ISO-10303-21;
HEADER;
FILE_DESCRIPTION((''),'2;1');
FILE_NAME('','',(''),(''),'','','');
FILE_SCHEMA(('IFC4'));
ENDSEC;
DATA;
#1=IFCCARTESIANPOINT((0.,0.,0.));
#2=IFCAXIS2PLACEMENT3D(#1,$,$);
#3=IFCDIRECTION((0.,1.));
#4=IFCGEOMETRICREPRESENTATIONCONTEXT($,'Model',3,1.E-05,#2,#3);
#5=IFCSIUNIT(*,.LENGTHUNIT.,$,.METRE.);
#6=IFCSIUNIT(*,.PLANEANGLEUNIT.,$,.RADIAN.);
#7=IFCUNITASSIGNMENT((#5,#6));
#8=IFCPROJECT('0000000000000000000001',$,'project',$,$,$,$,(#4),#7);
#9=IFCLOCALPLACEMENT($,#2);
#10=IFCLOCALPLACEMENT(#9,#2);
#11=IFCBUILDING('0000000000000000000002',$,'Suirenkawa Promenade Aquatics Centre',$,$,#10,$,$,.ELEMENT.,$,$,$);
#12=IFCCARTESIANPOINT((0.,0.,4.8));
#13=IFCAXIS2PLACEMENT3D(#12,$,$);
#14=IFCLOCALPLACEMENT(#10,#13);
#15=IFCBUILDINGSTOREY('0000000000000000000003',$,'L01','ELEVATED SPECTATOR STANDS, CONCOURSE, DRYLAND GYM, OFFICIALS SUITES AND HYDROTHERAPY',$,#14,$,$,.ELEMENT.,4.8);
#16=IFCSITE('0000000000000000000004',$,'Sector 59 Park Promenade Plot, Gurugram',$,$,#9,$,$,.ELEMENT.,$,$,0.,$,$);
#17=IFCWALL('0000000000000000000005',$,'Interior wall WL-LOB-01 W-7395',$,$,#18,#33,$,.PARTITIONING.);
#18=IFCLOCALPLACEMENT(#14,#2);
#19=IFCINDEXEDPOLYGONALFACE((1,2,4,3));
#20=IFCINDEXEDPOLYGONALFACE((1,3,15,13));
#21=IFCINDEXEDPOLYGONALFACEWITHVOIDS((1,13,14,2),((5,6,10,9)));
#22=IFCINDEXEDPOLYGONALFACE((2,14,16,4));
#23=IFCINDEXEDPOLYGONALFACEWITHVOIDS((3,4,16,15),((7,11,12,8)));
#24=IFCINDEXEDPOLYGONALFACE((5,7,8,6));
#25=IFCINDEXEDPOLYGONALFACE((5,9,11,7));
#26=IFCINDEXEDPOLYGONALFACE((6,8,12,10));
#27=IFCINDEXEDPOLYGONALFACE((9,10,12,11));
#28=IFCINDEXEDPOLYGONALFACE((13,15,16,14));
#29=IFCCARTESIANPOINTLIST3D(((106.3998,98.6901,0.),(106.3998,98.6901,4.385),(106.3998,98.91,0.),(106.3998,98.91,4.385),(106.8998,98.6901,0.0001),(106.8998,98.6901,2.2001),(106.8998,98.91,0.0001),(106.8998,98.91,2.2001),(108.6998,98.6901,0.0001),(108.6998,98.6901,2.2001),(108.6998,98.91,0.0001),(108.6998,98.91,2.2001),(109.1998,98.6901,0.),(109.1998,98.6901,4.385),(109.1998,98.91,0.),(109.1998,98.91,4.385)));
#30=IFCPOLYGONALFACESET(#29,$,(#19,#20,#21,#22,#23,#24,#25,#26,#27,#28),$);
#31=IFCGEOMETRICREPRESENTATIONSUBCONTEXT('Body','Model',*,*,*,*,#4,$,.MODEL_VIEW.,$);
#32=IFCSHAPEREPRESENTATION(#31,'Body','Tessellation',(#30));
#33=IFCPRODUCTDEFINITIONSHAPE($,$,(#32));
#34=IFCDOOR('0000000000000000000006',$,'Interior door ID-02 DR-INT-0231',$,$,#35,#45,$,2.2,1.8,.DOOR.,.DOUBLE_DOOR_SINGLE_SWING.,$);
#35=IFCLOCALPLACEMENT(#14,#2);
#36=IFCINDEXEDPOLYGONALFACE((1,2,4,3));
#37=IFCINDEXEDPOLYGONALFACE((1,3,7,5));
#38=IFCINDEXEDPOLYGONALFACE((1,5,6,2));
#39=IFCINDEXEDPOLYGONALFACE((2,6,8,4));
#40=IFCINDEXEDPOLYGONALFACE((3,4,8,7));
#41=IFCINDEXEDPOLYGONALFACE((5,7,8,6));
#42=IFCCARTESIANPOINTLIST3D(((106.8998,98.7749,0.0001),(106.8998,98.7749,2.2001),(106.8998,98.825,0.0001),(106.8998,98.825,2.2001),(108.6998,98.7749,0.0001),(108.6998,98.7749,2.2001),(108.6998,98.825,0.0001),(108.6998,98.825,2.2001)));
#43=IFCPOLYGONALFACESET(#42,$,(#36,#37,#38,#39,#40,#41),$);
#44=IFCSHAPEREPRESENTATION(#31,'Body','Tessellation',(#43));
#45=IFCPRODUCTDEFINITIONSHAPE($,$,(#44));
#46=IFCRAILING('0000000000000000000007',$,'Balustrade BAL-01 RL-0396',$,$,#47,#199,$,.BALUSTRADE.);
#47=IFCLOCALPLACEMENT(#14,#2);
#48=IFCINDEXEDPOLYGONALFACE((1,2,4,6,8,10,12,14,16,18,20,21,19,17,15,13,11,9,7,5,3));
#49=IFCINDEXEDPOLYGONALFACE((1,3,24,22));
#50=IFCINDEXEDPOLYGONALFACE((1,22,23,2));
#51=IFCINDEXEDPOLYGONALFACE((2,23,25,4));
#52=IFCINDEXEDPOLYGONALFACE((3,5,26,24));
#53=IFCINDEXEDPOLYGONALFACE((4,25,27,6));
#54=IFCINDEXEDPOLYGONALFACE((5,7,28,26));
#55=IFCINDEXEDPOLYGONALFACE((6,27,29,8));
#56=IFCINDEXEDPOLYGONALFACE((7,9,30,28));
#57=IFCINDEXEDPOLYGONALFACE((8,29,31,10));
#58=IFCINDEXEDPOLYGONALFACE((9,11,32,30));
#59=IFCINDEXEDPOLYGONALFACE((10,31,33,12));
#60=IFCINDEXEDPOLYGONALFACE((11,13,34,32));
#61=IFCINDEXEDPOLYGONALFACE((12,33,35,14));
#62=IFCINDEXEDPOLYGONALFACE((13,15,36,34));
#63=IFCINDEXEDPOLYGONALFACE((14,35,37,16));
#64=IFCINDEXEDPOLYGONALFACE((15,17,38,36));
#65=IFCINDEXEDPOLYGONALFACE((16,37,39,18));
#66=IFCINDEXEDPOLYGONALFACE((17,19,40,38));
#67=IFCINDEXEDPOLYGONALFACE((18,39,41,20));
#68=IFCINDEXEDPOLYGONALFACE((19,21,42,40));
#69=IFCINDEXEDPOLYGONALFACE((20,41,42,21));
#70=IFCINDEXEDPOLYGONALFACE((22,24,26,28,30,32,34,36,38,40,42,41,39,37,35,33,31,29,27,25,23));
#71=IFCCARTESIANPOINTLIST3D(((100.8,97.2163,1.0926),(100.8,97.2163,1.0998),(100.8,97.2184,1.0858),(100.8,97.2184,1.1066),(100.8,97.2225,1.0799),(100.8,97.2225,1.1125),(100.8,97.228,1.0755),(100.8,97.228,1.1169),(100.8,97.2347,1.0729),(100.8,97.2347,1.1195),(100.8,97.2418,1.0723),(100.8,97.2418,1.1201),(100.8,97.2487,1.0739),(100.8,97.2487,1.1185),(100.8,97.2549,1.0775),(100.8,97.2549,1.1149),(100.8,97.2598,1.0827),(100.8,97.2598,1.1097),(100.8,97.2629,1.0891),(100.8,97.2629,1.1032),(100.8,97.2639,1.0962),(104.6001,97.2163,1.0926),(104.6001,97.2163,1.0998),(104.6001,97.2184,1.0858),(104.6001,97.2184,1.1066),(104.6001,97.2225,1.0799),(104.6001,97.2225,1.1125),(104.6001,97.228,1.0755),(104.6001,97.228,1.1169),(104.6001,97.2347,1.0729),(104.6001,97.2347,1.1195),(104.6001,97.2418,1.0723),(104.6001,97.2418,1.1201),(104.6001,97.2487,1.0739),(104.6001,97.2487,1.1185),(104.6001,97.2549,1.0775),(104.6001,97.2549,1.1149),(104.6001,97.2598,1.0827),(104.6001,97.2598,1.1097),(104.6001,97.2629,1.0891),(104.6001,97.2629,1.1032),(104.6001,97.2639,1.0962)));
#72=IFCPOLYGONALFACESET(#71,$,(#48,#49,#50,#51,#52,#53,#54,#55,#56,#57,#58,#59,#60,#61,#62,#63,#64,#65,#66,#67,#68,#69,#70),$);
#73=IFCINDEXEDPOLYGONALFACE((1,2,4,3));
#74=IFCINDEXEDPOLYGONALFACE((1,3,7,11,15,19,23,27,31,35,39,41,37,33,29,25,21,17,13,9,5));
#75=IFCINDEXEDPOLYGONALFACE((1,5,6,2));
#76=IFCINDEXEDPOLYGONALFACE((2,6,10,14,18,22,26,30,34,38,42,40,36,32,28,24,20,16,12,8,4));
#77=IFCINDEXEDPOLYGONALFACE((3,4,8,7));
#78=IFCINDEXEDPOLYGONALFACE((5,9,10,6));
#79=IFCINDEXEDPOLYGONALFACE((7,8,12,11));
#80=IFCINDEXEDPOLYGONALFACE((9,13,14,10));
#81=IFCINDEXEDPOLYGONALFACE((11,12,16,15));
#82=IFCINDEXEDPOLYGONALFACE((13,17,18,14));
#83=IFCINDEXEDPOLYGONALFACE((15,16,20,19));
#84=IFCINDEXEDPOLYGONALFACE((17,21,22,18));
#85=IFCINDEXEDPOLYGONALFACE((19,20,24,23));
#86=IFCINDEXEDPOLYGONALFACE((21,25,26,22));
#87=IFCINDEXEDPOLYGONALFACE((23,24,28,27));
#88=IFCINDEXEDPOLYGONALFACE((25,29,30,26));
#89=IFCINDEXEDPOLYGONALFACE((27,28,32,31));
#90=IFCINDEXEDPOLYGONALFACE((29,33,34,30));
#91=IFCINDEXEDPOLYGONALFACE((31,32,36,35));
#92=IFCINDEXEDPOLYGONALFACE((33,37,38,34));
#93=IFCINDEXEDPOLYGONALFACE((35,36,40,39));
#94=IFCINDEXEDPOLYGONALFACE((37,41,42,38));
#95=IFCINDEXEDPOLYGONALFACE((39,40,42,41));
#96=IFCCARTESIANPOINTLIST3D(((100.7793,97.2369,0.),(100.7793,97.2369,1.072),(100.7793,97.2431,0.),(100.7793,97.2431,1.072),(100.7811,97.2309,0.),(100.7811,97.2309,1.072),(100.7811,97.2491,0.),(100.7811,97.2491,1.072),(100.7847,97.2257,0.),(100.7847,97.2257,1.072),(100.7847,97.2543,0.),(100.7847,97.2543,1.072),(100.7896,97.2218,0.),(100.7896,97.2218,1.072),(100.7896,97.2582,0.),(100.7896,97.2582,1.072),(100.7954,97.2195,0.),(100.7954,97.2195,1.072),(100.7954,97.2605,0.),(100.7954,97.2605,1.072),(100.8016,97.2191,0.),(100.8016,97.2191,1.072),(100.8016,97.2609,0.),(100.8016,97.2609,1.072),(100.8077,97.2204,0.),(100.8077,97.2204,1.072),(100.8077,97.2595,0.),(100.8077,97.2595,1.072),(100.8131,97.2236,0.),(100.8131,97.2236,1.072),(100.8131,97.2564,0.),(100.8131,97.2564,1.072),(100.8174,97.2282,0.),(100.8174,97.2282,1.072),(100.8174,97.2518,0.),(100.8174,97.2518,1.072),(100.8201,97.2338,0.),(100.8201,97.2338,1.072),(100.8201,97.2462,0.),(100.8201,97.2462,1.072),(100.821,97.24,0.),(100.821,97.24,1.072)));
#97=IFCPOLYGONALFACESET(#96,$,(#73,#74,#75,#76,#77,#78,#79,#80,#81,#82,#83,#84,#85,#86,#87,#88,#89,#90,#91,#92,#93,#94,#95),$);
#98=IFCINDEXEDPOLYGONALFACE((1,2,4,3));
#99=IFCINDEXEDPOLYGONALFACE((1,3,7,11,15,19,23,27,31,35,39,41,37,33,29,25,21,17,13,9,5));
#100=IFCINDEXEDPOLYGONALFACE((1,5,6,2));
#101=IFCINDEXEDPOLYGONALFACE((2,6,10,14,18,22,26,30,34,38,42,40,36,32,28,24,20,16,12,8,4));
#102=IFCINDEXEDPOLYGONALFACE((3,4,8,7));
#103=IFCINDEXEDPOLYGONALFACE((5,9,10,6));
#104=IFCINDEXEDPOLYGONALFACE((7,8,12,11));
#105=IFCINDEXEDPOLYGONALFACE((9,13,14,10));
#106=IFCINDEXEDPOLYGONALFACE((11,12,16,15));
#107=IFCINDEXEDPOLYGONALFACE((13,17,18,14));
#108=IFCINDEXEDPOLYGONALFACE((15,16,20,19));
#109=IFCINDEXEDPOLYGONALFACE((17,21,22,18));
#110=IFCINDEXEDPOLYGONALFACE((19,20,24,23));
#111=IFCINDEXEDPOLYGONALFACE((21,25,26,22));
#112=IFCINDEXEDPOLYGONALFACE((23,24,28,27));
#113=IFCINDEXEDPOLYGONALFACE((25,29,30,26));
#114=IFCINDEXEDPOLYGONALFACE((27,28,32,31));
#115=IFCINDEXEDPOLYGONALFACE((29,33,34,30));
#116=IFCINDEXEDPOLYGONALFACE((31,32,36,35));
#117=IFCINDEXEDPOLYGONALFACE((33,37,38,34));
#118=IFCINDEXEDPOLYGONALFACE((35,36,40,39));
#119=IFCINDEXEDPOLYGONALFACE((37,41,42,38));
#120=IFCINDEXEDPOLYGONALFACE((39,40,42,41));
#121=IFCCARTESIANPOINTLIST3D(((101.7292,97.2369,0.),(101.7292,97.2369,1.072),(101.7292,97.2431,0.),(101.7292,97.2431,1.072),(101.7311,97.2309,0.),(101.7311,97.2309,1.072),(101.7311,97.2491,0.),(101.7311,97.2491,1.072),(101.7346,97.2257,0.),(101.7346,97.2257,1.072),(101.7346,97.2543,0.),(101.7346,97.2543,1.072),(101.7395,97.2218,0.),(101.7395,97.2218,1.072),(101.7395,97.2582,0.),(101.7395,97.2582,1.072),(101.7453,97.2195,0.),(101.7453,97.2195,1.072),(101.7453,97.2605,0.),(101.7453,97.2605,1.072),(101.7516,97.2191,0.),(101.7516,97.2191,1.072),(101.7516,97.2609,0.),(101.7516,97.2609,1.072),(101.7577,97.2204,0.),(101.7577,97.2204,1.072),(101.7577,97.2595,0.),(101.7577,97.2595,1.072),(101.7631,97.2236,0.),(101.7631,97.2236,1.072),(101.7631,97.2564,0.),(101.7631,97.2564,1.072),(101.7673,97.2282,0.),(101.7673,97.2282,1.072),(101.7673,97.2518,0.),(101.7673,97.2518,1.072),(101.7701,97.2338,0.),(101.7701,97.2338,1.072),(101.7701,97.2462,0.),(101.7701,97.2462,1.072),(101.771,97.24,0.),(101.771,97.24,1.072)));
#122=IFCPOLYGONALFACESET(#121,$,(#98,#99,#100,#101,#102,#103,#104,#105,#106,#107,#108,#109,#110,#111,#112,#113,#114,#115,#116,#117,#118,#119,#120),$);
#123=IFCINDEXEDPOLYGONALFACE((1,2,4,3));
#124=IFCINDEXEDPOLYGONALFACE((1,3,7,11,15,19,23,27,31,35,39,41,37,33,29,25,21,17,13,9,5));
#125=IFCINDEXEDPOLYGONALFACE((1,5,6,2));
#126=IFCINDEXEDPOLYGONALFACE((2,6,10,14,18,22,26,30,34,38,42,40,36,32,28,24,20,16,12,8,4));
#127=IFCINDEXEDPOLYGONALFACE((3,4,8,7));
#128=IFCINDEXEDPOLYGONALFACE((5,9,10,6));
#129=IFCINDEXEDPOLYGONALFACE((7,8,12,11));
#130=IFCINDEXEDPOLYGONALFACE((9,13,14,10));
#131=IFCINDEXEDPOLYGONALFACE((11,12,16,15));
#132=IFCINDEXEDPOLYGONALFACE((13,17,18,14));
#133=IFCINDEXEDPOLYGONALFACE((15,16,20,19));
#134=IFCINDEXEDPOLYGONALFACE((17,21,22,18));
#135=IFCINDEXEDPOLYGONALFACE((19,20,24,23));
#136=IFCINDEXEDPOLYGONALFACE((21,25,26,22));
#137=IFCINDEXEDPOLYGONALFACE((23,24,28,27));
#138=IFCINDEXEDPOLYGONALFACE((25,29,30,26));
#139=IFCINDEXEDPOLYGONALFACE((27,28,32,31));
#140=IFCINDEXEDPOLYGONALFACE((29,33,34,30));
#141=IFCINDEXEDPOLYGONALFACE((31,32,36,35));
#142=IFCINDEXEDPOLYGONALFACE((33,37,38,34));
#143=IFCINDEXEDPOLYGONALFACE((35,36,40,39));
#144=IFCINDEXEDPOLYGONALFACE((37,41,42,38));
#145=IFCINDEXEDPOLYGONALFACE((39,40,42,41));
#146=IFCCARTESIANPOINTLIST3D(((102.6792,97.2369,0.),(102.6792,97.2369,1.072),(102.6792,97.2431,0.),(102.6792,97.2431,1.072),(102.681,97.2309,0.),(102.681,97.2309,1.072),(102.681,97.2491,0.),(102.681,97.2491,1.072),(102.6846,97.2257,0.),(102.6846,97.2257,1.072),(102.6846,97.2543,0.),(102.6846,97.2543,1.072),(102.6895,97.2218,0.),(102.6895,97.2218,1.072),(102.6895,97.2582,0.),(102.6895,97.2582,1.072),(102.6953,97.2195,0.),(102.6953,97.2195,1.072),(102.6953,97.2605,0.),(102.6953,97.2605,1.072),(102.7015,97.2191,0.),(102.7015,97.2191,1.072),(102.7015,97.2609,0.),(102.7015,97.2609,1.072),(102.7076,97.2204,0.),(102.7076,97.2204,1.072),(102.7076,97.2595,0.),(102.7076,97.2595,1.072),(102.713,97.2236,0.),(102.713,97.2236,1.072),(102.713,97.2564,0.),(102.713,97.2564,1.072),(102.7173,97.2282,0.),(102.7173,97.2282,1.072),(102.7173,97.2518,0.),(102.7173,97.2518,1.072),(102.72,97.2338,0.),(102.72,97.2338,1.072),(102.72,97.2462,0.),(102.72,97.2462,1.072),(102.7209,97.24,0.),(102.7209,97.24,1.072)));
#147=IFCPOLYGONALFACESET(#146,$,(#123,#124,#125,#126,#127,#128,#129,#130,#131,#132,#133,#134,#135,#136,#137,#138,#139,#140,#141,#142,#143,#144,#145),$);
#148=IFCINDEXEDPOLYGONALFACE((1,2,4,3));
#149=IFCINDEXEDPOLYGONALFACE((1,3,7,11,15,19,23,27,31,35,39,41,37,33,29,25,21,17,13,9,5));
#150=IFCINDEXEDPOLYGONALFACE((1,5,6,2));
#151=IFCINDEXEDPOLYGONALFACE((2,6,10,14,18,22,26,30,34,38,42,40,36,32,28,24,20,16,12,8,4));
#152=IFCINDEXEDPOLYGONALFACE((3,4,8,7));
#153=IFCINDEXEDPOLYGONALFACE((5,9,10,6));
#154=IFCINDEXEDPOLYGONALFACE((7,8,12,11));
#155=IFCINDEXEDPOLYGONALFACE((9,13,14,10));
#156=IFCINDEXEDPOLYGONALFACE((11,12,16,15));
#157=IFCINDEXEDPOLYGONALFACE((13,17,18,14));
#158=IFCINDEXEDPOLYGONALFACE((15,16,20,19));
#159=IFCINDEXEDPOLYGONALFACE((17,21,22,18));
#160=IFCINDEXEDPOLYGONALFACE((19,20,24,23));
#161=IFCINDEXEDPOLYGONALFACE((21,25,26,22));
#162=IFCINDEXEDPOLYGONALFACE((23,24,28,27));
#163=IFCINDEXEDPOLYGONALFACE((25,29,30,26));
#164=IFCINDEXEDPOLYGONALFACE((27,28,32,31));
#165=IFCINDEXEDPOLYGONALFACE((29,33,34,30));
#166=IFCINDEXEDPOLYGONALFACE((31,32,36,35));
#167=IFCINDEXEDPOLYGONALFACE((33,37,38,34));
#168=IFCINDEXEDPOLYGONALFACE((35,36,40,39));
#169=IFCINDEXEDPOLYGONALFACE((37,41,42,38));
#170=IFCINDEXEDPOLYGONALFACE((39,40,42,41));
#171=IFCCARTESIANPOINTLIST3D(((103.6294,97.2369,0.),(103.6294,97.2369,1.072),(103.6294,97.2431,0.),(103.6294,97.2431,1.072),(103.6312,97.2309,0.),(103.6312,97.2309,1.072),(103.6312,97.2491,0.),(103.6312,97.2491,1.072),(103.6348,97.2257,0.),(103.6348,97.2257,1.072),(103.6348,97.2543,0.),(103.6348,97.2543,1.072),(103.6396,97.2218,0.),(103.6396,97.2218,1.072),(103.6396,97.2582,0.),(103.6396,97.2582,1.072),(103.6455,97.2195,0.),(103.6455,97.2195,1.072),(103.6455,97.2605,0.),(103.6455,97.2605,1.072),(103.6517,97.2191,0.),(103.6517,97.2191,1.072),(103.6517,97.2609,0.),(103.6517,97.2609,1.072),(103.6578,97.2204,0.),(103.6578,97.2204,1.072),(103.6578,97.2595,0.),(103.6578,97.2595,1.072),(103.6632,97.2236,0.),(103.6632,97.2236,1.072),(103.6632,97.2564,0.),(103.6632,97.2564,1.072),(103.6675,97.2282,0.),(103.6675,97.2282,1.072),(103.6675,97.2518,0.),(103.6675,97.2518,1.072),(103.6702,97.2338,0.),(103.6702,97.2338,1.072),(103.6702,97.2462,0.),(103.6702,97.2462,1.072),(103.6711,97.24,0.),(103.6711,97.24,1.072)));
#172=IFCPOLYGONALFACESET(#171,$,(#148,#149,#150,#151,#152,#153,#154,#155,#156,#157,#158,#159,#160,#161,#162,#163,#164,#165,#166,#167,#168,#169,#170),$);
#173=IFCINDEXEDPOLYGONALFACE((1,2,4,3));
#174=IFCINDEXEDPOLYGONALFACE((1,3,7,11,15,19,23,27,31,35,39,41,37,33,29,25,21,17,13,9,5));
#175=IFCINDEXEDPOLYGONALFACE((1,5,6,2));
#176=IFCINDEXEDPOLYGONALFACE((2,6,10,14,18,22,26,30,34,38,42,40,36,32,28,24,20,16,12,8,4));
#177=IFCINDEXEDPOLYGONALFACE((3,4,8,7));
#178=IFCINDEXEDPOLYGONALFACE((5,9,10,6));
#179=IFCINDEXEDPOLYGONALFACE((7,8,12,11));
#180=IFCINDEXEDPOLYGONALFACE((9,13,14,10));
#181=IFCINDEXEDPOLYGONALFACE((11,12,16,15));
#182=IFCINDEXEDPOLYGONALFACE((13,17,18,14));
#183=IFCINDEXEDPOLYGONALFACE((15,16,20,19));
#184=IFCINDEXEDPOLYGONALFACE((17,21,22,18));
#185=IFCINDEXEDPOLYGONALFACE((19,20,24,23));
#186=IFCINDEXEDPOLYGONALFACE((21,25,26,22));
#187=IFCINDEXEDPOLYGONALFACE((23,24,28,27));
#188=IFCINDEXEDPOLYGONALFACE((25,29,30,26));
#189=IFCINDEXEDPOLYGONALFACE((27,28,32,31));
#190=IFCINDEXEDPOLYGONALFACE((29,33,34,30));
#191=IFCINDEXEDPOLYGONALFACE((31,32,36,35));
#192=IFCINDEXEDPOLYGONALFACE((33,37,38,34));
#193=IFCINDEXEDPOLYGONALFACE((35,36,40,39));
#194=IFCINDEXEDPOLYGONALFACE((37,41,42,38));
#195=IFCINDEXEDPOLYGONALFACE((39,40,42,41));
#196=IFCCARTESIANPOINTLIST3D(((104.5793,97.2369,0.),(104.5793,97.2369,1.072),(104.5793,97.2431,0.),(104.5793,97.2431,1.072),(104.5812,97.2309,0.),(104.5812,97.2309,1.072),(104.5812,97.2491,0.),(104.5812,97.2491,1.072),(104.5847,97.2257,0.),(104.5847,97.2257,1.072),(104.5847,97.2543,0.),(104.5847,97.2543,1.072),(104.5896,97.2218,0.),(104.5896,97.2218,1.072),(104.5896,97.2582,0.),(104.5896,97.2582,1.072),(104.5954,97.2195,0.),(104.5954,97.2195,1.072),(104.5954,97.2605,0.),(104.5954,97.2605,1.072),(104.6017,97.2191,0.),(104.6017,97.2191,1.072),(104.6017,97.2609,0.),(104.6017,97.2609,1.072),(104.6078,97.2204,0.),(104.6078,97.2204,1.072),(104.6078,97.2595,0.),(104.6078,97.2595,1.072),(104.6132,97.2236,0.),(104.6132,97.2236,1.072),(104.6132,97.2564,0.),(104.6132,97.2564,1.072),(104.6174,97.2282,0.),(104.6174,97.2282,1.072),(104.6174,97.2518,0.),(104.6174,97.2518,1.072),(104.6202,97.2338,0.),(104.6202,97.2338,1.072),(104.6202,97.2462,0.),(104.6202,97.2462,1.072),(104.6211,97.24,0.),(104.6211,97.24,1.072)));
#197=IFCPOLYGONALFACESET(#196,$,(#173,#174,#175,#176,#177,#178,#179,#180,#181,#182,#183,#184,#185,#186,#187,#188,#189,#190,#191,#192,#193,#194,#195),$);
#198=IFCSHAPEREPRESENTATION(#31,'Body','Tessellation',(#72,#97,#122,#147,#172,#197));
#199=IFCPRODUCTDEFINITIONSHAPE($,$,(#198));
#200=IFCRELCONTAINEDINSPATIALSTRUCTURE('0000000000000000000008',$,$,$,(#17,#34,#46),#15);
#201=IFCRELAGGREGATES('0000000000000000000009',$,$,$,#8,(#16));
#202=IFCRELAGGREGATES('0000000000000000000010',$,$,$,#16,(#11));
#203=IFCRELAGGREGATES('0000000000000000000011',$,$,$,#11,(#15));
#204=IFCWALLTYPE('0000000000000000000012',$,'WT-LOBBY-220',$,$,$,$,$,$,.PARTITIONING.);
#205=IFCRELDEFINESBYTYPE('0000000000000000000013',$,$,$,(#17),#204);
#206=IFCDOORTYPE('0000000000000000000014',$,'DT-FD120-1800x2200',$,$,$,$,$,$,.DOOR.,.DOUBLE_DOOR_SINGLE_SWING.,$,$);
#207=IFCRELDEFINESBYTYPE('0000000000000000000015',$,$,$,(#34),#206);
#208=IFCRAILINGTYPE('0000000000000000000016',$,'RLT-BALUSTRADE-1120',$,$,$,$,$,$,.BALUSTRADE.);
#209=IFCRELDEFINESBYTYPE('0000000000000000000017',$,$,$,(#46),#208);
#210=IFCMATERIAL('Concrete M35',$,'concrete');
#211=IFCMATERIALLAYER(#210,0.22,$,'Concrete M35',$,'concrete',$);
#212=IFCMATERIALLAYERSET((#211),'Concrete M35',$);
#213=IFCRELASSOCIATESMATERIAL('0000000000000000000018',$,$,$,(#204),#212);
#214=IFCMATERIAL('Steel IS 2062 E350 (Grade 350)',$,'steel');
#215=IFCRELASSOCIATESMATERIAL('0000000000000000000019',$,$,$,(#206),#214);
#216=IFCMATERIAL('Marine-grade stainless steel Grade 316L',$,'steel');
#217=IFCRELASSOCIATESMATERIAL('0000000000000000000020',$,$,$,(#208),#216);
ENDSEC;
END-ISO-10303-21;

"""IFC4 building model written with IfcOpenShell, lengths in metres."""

from ifc_helpers import new_model, si_unit, direction, frame, frame_2d, origin, origin_2d, place, context, subcontext, project, spatial, rectangle, circle, extrude, material, layer, layer_set, type_object, element, fill, save


model = new_model("IFC4")

# Units and contexts
model_context = context("Model", 3, precision=1e-05, world=origin(), true_north=direction((0.0, 1.0)))
body_context = subcontext(model_context, "Body", "Model", "MODEL_VIEW")
ifc_project = project(units=[si_unit("LENGTHUNIT", "METRE"), si_unit("PLANEANGLEUNIT", "RADIAN")], contexts=[model_context])

# Site, building, storey
site_placement = place(None, origin())
site = spatial("IfcSite", under=ifc_project, at=site_placement, Name="Sector 59 Park Promenade Plot, Gurugram", CompositionType="ELEMENT", RefElevation=0.0)
building_placement = place(site_placement, origin())
building = spatial("IfcBuilding", under=site, at=building_placement, Name="Suirenkawa Promenade Aquatics Centre", CompositionType="ELEMENT")
storey_placement = place(building_placement, frame((0.0, 0.0, 4.8)))
storey = spatial("IfcBuildingStorey", under=building, at=storey_placement, Name="L01", Description="ELEVATED SPECTATOR STANDS, CONCOURSE, DRYLAND GYM, OFFICIALS SUITES AND HYDROTHERAPY", CompositionType="ELEMENT", Elevation=4.8)

# Shared definitions
ifc_material_1 = material(Name="Concrete M35", Category="concrete")

# Wall, opening, door
ifc_layer = layer(ifc_material_1, 0.22, Name="Concrete M35", Category="concrete")
ifc_layer_set = layer_set([ifc_layer], Name="Concrete M35")
wall_type = type_object("IfcWallType", Name="WT-LOBBY-220", PredefinedType="PARTITIONING", material=ifc_layer_set)
ifc_material_2 = material(Name="Steel IS 2062 E350 (Grade 350)", Category="steel")
door_type = type_object("IfcDoorType", Name="DT-FD120-1800x2200", OperationType="DOUBLE_DOOR_SINGLE_SWING", PredefinedType="DOOR", material=ifc_material_2)
wall_1_placement = place(storey_placement, frame((106.3999, 98.8, 0.0), z_axis=(0.0, 0.0, 1.0), x_axis=(1.0, 0.0, 0.0)))
wall_1 = element("IfcWall", 1, at=wall_1_placement, inside=storey, type_object=wall_type, Name="Interior wall WL-LOB-01 W-7395", PredefinedType="PARTITIONING", context=body_context, shape_type="SweptSolid", body=[
    extrude(rectangle(XDim=2.8, YDim=0.22, at=frame_2d((1.3999, 0.0))), origin(), (0.0, 0.0, 1.0), 4.385),
])
opening_1_placement = place(wall_1_placement, frame((0.5, 0.0, 0.0)))
opening_1 = element("IfcOpeningElement", 2, at=opening_1_placement, cuts=wall_1, PredefinedType="OPENING", context=body_context, shape_type="SweptSolid", body=[
    extrude(rectangle(XDim=1.8, YDim=2.2, at=frame_2d((0.8999, 1.1001))), frame((0.0, 0.1199, 0.0), z_axis=(0.0, -1.0, 0.0), x_axis=(1.0, 0.0, 0.0)), (0.0, 0.0, 1.0), 0.24),
])
door_1_placement = place(opening_1_placement, origin())
door_1 = element("IfcDoor", 3, at=door_1_placement, inside=storey, type_object=door_type, Name="Interior door ID-02 DR-INT-0231", OperationType="DOUBLE_DOOR_SINGLE_SWING", OverallHeight=2.2, OverallWidth=1.8, PredefinedType="DOOR", context=body_context, shape_type="SweptSolid", body=[
    extrude(rectangle(XDim=1.8, YDim=2.2, at=frame_2d((0.8999, 1.1001))), frame((0.0, 0.0249, 0.0), z_axis=(0.0, -1.0, 0.0), x_axis=(1.0, 0.0, 0.0)), (0.0, 0.0, 1.0), 0.05),
])
fill(opening_1, door_1)

# Railing
ifc_material_3 = material(Name="Marine-grade stainless steel Grade 316L", Category="steel")
railing_type = type_object("IfcRailingType", Name="RLT-BALUSTRADE-1120", PredefinedType="BALUSTRADE", material=ifc_material_3)
for number, where, name in (
    (4, (100.8, 97.24, 0.0), "Balustrade BAL-01 RL-0396"),
):
    element("IfcRailing", number, at=place(storey_placement, frame(where)), inside=storey, type_object=railing_type, Name=name, PredefinedType="BALUSTRADE", context=body_context, shape_type="SweptSolid", body=[
        extrude(circle(Radius=0.0239, at=origin_2d()), frame((0.0, 0.0, 1.0962), z_axis=(1.0, 0.0, 0.0), x_axis=(0.0, 1.0, 0.0)), (0.0, 0.0, 1.0), 3.8),
        extrude(circle(Radius=0.021, at=origin_2d()), origin(), (0.0, 0.0, 1.0), 1.072),
        extrude(circle(Radius=0.021, at=origin_2d()), frame((0.95, 0.0, 0.0)), (0.0, 0.0, 1.0), 1.072),
        extrude(circle(Radius=0.021, at=origin_2d()), frame((1.8999, 0.0, 0.0)), (0.0, 0.0, 1.0), 1.072),
        extrude(circle(Radius=0.021, at=origin_2d()), frame((2.8501, 0.0, 0.0)), (0.0, 0.0, 1.0), 1.072),
        extrude(circle(Radius=0.021, at=origin_2d()), frame((3.8, 0.0, 0.0)), (0.0, 0.0, 1.0), 1.072),
    ])

save(model, "model.ifc")
